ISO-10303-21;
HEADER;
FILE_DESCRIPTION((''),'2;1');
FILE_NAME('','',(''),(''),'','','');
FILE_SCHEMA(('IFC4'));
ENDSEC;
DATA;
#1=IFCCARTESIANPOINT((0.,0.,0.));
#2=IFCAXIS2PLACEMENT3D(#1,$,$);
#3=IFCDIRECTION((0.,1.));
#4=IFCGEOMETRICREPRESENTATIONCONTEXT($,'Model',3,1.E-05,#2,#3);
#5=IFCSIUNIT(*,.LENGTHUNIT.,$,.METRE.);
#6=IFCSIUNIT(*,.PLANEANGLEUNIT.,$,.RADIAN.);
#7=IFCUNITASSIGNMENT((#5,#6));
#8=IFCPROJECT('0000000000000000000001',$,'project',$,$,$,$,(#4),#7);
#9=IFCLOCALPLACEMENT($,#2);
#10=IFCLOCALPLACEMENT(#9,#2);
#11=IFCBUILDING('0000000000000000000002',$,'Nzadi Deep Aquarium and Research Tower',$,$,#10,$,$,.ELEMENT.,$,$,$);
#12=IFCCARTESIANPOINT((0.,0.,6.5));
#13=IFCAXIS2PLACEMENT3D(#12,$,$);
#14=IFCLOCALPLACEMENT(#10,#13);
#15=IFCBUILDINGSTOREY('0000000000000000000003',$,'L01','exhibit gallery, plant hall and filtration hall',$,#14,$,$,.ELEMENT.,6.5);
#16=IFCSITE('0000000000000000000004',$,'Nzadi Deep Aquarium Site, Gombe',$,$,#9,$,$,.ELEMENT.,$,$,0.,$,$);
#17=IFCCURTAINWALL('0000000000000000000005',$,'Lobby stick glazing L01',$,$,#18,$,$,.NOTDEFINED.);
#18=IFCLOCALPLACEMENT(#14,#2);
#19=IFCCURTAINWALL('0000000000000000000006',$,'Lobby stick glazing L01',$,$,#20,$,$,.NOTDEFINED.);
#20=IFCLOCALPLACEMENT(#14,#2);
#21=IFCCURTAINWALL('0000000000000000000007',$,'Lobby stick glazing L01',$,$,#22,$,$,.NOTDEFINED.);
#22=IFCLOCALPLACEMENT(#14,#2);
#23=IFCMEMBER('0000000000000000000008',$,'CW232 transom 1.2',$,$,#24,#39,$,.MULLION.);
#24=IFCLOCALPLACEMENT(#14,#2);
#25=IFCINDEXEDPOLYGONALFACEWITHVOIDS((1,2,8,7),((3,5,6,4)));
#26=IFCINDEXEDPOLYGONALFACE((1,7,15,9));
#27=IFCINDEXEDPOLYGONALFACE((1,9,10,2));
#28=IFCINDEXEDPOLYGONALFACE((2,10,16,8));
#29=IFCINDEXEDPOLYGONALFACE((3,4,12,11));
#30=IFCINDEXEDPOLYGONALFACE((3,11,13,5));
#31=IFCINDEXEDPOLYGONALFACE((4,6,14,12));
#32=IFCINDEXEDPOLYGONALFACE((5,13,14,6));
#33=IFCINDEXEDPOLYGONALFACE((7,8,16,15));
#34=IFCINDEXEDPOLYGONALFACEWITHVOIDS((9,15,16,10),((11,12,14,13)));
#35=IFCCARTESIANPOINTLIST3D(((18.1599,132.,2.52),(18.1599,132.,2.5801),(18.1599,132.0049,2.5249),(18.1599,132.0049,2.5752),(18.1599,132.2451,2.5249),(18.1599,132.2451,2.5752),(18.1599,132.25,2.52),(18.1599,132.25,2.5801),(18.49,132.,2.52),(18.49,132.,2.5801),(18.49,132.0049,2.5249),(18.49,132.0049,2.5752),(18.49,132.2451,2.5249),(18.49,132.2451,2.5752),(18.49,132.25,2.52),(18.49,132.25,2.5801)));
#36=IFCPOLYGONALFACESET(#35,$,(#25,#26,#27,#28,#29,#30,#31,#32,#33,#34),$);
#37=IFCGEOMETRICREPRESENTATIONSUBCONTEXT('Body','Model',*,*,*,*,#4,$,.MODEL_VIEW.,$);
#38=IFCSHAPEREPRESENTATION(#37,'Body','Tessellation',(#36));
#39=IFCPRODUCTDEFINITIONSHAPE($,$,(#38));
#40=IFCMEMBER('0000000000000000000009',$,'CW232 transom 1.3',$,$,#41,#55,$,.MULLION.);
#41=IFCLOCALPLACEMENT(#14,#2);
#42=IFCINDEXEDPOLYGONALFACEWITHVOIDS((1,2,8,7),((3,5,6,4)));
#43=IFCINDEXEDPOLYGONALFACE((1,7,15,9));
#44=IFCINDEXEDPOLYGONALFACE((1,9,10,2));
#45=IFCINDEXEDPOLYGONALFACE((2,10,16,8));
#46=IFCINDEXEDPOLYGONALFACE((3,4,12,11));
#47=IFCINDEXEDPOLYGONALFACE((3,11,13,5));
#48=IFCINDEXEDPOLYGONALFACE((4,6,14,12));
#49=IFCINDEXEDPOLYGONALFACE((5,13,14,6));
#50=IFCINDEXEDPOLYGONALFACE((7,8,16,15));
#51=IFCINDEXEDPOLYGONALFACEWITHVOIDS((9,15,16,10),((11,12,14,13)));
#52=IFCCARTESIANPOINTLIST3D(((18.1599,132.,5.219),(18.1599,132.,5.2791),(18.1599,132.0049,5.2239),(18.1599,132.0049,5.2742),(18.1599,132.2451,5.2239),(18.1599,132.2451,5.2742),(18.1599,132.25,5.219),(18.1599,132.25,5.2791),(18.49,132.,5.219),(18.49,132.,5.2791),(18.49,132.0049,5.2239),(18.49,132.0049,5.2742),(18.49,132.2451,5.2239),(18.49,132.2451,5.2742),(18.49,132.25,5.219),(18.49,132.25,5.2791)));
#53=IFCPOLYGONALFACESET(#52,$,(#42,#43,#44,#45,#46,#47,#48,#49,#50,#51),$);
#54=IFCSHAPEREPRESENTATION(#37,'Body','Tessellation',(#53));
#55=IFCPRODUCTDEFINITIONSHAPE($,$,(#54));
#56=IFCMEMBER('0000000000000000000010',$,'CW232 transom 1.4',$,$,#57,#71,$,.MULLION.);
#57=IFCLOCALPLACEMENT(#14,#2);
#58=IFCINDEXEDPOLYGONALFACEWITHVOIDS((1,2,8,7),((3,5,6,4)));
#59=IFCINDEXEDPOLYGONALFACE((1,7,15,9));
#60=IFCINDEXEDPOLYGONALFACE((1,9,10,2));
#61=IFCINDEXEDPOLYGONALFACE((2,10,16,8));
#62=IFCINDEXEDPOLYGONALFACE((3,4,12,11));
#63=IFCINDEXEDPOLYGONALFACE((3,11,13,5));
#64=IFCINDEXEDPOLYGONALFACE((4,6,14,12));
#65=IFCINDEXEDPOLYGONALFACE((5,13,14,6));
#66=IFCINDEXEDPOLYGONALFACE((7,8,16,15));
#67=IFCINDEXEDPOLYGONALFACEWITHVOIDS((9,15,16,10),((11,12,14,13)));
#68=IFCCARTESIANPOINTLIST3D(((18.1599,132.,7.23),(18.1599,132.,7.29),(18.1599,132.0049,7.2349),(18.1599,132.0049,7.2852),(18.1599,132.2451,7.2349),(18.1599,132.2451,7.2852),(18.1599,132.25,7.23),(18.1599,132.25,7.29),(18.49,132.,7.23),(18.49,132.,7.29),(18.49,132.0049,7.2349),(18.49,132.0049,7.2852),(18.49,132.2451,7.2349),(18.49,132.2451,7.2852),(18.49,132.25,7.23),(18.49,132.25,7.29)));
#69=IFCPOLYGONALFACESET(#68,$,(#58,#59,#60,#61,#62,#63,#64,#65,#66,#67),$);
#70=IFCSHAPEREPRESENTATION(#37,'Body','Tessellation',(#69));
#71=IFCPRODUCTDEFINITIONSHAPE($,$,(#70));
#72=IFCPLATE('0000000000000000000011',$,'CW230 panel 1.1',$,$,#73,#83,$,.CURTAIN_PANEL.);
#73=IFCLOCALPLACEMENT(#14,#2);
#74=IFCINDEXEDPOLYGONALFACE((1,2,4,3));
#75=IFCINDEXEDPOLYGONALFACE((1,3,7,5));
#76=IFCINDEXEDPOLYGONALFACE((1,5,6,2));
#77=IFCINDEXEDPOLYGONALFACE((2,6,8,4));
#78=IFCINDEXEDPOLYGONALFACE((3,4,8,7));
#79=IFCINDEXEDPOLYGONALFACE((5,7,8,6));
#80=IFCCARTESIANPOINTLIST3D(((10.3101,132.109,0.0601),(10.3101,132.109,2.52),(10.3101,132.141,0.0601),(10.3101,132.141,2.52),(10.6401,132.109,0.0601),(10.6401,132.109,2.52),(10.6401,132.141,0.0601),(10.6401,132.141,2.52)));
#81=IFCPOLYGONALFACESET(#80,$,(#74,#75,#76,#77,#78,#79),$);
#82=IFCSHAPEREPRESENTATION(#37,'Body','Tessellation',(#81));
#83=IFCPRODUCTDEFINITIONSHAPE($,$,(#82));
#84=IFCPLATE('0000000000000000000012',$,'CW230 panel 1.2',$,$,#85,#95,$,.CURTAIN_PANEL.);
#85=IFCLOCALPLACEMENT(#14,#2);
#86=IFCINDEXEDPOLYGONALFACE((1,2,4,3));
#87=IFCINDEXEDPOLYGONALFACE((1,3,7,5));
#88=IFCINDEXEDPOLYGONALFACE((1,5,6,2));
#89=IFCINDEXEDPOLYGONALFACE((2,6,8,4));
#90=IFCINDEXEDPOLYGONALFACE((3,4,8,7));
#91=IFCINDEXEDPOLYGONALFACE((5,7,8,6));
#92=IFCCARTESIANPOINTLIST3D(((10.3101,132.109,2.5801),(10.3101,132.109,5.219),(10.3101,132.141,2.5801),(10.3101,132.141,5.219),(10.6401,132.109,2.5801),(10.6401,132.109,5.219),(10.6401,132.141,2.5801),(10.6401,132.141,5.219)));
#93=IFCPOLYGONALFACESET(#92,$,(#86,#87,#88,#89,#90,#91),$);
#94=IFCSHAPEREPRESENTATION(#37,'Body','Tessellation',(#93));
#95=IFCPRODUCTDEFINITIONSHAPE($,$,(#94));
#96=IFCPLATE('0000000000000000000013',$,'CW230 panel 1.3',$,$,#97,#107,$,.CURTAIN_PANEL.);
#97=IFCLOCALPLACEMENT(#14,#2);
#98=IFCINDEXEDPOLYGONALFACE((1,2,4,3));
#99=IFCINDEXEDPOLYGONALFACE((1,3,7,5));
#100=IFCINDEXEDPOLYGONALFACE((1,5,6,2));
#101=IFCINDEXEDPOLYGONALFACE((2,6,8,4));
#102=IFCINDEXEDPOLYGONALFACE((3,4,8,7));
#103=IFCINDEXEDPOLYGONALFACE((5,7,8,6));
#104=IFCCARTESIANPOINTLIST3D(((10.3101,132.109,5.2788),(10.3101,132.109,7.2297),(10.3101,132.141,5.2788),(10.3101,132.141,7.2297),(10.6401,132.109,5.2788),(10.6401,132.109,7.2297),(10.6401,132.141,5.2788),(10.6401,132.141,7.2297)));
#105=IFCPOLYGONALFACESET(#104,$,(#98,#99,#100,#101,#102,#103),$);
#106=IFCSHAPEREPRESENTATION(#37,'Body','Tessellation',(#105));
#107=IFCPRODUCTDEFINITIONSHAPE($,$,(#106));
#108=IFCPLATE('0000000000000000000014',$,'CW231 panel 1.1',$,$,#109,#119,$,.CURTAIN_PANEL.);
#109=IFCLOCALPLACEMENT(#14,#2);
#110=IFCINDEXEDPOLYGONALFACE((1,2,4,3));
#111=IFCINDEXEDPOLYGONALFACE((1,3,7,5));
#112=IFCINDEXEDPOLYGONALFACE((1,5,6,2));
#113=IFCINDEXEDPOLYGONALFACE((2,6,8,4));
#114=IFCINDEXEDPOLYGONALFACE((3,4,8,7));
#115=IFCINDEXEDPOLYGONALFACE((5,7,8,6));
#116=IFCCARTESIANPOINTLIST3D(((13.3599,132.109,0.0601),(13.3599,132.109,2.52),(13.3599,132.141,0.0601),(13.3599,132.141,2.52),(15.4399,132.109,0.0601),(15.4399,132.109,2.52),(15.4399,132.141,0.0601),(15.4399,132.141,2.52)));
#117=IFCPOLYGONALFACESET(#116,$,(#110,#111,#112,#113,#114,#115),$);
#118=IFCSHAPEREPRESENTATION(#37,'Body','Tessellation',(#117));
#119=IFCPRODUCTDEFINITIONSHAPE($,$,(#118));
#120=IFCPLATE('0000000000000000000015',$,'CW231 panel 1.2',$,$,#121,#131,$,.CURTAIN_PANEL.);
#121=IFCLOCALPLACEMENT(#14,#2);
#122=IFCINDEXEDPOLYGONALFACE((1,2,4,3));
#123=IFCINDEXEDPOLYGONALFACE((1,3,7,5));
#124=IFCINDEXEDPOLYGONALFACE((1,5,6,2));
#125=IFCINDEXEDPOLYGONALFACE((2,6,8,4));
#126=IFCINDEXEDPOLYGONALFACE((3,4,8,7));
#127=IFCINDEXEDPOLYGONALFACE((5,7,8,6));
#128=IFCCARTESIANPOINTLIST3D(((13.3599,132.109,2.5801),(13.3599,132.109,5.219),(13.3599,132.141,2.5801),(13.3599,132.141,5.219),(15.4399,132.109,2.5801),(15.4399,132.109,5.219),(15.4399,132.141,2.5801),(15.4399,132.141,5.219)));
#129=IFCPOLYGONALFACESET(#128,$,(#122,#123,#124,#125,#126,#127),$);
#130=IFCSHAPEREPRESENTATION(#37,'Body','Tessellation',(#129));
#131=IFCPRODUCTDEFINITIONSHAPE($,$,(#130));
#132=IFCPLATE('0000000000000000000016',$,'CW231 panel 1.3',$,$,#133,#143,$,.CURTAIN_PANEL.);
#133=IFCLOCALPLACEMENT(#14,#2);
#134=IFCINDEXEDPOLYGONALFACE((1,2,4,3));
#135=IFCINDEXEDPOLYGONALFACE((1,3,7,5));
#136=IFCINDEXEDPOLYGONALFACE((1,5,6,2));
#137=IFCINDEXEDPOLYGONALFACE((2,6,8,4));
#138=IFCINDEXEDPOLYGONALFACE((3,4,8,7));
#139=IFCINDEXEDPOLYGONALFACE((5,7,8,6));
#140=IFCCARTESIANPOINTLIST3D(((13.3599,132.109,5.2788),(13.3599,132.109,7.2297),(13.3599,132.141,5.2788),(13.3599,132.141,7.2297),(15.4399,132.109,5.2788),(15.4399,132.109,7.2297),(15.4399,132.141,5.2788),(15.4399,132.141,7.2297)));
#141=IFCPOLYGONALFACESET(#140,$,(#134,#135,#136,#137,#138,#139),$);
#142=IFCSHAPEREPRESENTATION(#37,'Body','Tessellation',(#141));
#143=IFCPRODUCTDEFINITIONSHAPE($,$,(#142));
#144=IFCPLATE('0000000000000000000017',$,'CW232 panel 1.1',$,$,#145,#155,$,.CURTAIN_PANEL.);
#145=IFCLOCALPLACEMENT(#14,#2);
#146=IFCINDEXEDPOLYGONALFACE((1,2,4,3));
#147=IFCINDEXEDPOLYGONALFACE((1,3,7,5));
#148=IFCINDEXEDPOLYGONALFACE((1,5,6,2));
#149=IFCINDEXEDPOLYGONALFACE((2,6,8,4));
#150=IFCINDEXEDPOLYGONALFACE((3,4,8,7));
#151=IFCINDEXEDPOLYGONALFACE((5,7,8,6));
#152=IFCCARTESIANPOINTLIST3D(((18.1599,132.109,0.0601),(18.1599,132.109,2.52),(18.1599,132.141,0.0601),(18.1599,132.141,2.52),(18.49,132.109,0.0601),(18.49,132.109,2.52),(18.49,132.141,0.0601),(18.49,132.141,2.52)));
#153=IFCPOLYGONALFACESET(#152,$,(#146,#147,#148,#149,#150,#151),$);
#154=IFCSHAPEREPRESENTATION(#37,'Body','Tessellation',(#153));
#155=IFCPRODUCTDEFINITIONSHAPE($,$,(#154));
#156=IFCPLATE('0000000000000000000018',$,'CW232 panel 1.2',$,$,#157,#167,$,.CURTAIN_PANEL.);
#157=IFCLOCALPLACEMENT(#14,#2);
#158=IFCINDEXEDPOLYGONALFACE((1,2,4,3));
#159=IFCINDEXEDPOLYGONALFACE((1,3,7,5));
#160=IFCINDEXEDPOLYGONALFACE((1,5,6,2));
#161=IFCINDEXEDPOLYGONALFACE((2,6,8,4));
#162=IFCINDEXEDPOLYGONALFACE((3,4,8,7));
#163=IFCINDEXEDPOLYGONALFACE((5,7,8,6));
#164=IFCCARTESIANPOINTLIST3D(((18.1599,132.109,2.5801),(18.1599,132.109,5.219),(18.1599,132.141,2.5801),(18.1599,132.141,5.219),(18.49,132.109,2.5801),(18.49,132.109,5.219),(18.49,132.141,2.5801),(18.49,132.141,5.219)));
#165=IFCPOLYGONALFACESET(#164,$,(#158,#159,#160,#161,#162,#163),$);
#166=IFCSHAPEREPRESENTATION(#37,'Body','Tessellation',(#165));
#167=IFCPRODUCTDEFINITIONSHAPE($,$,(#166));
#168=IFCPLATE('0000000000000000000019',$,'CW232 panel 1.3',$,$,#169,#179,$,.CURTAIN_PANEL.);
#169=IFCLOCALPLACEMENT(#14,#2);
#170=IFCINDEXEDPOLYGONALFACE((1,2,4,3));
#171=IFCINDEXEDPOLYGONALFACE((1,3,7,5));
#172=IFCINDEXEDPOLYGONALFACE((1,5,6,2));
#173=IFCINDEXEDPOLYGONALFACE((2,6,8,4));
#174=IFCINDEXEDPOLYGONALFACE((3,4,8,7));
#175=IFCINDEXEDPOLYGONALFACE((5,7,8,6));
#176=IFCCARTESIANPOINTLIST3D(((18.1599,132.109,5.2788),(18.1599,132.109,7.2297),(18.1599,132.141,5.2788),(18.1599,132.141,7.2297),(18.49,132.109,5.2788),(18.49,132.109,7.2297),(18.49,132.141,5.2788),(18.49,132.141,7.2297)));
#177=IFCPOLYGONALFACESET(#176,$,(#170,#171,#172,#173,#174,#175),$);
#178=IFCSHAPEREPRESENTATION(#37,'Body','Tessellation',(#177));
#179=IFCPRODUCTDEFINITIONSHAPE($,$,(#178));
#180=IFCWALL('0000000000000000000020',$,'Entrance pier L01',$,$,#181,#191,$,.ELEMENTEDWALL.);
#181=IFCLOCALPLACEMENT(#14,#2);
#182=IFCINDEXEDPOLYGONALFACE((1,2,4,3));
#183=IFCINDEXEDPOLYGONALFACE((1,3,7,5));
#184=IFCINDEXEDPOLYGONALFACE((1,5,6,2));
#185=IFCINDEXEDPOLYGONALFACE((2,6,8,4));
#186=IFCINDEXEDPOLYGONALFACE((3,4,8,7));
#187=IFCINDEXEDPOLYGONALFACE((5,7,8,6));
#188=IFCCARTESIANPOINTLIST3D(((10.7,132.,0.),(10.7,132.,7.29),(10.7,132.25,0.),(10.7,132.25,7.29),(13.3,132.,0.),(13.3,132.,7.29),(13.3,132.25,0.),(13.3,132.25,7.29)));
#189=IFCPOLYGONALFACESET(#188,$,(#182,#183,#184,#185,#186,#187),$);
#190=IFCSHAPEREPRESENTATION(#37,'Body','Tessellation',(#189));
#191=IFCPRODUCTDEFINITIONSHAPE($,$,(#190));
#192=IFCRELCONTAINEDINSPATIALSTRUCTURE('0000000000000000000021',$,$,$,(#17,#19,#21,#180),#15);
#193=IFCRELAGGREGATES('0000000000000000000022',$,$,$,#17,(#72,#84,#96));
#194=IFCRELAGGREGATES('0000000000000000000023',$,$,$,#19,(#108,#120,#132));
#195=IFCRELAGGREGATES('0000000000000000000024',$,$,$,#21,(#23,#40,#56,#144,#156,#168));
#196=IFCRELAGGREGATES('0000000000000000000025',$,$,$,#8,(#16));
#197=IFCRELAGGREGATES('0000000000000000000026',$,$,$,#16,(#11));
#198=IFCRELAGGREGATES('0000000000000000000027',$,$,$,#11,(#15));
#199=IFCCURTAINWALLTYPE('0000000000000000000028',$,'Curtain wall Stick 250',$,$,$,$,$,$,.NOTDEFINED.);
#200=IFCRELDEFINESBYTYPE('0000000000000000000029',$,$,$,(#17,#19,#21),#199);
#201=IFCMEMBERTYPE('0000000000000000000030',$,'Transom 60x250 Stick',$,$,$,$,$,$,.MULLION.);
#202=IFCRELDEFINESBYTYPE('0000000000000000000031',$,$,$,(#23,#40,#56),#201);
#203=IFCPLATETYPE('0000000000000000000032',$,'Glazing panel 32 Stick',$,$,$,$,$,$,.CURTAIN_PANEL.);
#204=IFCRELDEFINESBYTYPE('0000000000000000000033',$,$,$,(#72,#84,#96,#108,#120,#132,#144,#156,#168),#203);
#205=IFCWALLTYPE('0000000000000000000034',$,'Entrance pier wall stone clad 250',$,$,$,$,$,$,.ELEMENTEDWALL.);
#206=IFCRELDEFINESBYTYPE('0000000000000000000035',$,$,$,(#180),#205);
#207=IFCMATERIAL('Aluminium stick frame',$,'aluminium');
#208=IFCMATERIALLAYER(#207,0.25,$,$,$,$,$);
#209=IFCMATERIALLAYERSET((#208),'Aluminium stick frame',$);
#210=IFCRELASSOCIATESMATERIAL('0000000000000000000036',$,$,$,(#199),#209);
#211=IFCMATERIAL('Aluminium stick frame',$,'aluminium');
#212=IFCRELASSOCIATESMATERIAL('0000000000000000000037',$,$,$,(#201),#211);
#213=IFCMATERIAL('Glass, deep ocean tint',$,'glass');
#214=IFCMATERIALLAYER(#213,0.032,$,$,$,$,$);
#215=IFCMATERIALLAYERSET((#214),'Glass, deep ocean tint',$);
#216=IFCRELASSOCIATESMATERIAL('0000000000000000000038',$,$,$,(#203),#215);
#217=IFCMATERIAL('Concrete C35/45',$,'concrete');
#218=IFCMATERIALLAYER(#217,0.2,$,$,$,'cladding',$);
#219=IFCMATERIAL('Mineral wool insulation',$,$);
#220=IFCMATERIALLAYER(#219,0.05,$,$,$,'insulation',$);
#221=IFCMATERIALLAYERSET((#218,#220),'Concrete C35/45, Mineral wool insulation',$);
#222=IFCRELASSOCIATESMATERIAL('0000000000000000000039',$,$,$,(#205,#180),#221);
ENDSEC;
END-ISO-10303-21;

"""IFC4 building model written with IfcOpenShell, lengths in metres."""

from ifc_helpers import new_model, si_unit, direction, frame, frame_2d, origin, origin_2d, place, context, subcontext, project, spatial, rectangle, hollow_rectangle, extrude, material, layer, layer_set, layer_usage, material_profile, profile_set, type_object, element, aggregate, save


model = new_model("IFC4")

# Units and contexts
model_context = context("Model", 3, precision=1e-05, world=origin(), true_north=direction((0.0, 1.0)))
body_context = subcontext(model_context, "Body", "Model", "MODEL_VIEW")
ifc_project = project(units=[si_unit("LENGTHUNIT", "METRE"), si_unit("PLANEANGLEUNIT", "RADIAN")], contexts=[model_context])

# Site, building, storey
site_placement = place(None, origin())
site = spatial("IfcSite", under=ifc_project, at=site_placement, Name="Nzadi Deep Aquarium Site, Gombe", CompositionType="ELEMENT", RefElevation=0.0)
building_placement = place(site_placement, origin())
building = spatial("IfcBuilding", under=site, at=building_placement, Name="Nzadi Deep Aquarium and Research Tower", CompositionType="ELEMENT")
storey_placement = place(building_placement, frame((0.0, 0.0, 6.5)))
storey = spatial("IfcBuildingStorey", under=building, at=storey_placement, Name="L01", Description="exhibit gallery, plant hall and filtration hall", CompositionType="ELEMENT", Elevation=6.5)

# Curtain wall
ifc_material_1 = material(Name="Aluminium stick frame", Category="aluminium")
ifc_layer_1 = layer(ifc_material_1, 0.25)
ifc_layer_set_1 = layer_set([ifc_layer_1], Name="Aluminium stick frame")
curtain_wall_type = type_object("IfcCurtainWallType", Name="Curtain wall Stick 250", PredefinedType="NOTDEFINED", material=ifc_layer_set_1)
curtain_wall_1_placement = place(storey_placement, origin())
curtain_wall_1 = element("IfcCurtainWall", 1, at=curtain_wall_1_placement, inside=storey, type_object=curtain_wall_type, Name="Lobby stick glazing L01", PredefinedType="NOTDEFINED")

# Curtain walls
curtain_wall_2_placement = place(storey_placement, origin())
curtain_wall_2 = element("IfcCurtainWall", 2, at=curtain_wall_2_placement, inside=storey, type_object=curtain_wall_type, Name="Lobby stick glazing L01", PredefinedType="NOTDEFINED")
curtain_wall_3_placement = place(storey_placement, origin())
curtain_wall_3 = element("IfcCurtainWall", 3, at=curtain_wall_3_placement, inside=storey, type_object=curtain_wall_type, Name="Lobby stick glazing L01", PredefinedType="NOTDEFINED")

# Members
ifc_material_2 = material(Name="Aluminium stick frame", Category="aluminium")
ifc_material_profile_1 = material_profile(ifc_material_2, hollow_rectangle(XDim=0.25, YDim=0.0601, WallThickness=0.0049, at=origin_2d()))
ifc_profile_set_1 = profile_set([ifc_material_profile_1], Name="Aluminium stick frame")
member_type_1 = type_object("IfcMemberType", Name="Transom 60x250 Stick", PredefinedType="MULLION", material=ifc_profile_set_1)
member_1_placement = place(storey_placement, frame((18.1599, 132.125, 2.55), z_axis=(1.0, 0.0, 0.0), x_axis=(0.0, 1.0, 0.0)))
member_1 = element("IfcMember", 4, at=member_1_placement, type_object=member_type_1, Name="CW232 transom 1.2", PredefinedType="MULLION", context=body_context, shape_type="SweptSolid", body=[
    extrude(hollow_rectangle(XDim=0.25, YDim=0.0601, WallThickness=0.0049, at=origin_2d()), origin(), (0.0, 0.0, 1.0), 0.3301),
])
member_2_placement = place(storey_placement, frame((18.1599, 132.125, 5.249), z_axis=(1.0, 0.0, 0.0), x_axis=(0.0, 1.0, 0.0)))
member_2 = element("IfcMember", 5, at=member_2_placement, type_object=member_type_1, Name="CW232 transom 1.3", PredefinedType="MULLION", context=body_context, shape_type="SweptSolid", body=[
    extrude(hollow_rectangle(XDim=0.25, YDim=0.0601, WallThickness=0.0049, at=origin_2d()), origin(), (0.0, 0.0, 1.0), 0.3301),
])
member_3_placement = place(storey_placement, frame((18.1599, 132.125, 7.26), z_axis=(1.0, 0.0, 0.0), x_axis=(0.0, 1.0, 0.0)))
member_3 = element("IfcMember", 6, at=member_3_placement, type_object=member_type_1, Name="CW232 transom 1.4", PredefinedType="MULLION", context=body_context, shape_type="SweptSolid", body=[
    extrude(hollow_rectangle(XDim=0.25, YDim=0.0601, WallThickness=0.0049, at=origin_2d()), origin(), (0.0, 0.0, 1.0), 0.3301),
])

# Plates
ifc_material_3 = material(Name="Glass, deep ocean tint", Category="glass")
ifc_layer_2 = layer(ifc_material_3, 0.032)
ifc_layer_set_2 = layer_set([ifc_layer_2], Name="Glass, deep ocean tint")
plate_type = type_object("IfcPlateType", Name="Glazing panel 32 Stick", PredefinedType="CURTAIN_PANEL", material=ifc_layer_set_2)
plate_1_placement = place(storey_placement, frame((10.4751, 132.125, 0.0601), z_axis=(0.0, 0.0, 1.0), x_axis=(1.0, 0.0, 0.0)))
plate_1 = element("IfcPlate", 7, at=plate_1_placement, type_object=plate_type, Name="CW230 panel 1.1", PredefinedType="CURTAIN_PANEL", context=body_context, shape_type="SweptSolid", body=[
    extrude(rectangle(XDim=0.3301, YDim=0.032, at=origin_2d()), origin(), (0.0, 0.0, 1.0), 2.46),
])
plate_2_placement = place(storey_placement, frame((10.4751, 132.125, 2.5801), z_axis=(0.0, 0.0, 1.0), x_axis=(1.0, 0.0, 0.0)))
plate_2 = element("IfcPlate", 8, at=plate_2_placement, type_object=plate_type, Name="CW230 panel 1.2", PredefinedType="CURTAIN_PANEL", context=body_context, shape_type="SweptSolid", body=[
    extrude(rectangle(XDim=0.3301, YDim=0.032, at=origin_2d()), origin(), (0.0, 0.0, 1.0), 2.6389),
])
plate_3_placement = place(storey_placement, frame((10.4751, 132.125, 5.2788), z_axis=(0.0, 0.0, 1.0), x_axis=(1.0, 0.0, 0.0)))
plate_3 = element("IfcPlate", 9, at=plate_3_placement, type_object=plate_type, Name="CW230 panel 1.3", PredefinedType="CURTAIN_PANEL", context=body_context, shape_type="SweptSolid", body=[
    extrude(rectangle(XDim=0.3301, YDim=0.032, at=origin_2d()), origin(), (0.0, 0.0, 1.0), 1.9509),
])
aggregate(curtain_wall_1, [plate_1, plate_2, plate_3])
plate_4_placement = place(storey_placement, frame((14.3999, 132.125, 0.0601), z_axis=(0.0, 0.0, 1.0), x_axis=(1.0, 0.0, 0.0)))
plate_4 = element("IfcPlate", 10, at=plate_4_placement, type_object=plate_type, Name="CW231 panel 1.1", PredefinedType="CURTAIN_PANEL", context=body_context, shape_type="SweptSolid", body=[
    extrude(rectangle(XDim=2.0801, YDim=0.032, at=origin_2d()), origin(), (0.0, 0.0, 1.0), 2.46),
])
plate_5_placement = place(storey_placement, frame((14.3999, 132.125, 2.5801), z_axis=(0.0, 0.0, 1.0), x_axis=(1.0, 0.0, 0.0)))
plate_5 = element("IfcPlate", 11, at=plate_5_placement, type_object=plate_type, Name="CW231 panel 1.2", PredefinedType="CURTAIN_PANEL", context=body_context, shape_type="SweptSolid", body=[
    extrude(rectangle(XDim=2.0801, YDim=0.032, at=origin_2d()), origin(), (0.0, 0.0, 1.0), 2.6389),
])
plate_6_placement = place(storey_placement, frame((14.3999, 132.125, 5.2788), z_axis=(0.0, 0.0, 1.0), x_axis=(1.0, 0.0, 0.0)))
plate_6 = element("IfcPlate", 12, at=plate_6_placement, type_object=plate_type, Name="CW231 panel 1.3", PredefinedType="CURTAIN_PANEL", context=body_context, shape_type="SweptSolid", body=[
    extrude(rectangle(XDim=2.0801, YDim=0.032, at=origin_2d()), origin(), (0.0, 0.0, 1.0), 1.9509),
])
aggregate(curtain_wall_2, [plate_4, plate_5, plate_6])
plate_7_placement = place(storey_placement, frame((18.325, 132.125, 0.0601), z_axis=(0.0, 0.0, 1.0), x_axis=(1.0, 0.0, 0.0)))
plate_7 = element("IfcPlate", 13, at=plate_7_placement, type_object=plate_type, Name="CW232 panel 1.1", PredefinedType="CURTAIN_PANEL", context=body_context, shape_type="SweptSolid", body=[
    extrude(rectangle(XDim=0.3301, YDim=0.032, at=origin_2d()), origin(), (0.0, 0.0, 1.0), 2.46),
])
plate_8_placement = place(storey_placement, frame((18.325, 132.125, 2.5801), z_axis=(0.0, 0.0, 1.0), x_axis=(1.0, 0.0, 0.0)))
plate_8 = element("IfcPlate", 14, at=plate_8_placement, type_object=plate_type, Name="CW232 panel 1.2", PredefinedType="CURTAIN_PANEL", context=body_context, shape_type="SweptSolid", body=[
    extrude(rectangle(XDim=0.3301, YDim=0.032, at=origin_2d()), origin(), (0.0, 0.0, 1.0), 2.6389),
])
plate_9_placement = place(storey_placement, frame((18.325, 132.125, 5.2788), z_axis=(0.0, 0.0, 1.0), x_axis=(1.0, 0.0, 0.0)))
plate_9 = element("IfcPlate", 15, at=plate_9_placement, type_object=plate_type, Name="CW232 panel 1.3", PredefinedType="CURTAIN_PANEL", context=body_context, shape_type="SweptSolid", body=[
    extrude(rectangle(XDim=0.3301, YDim=0.032, at=origin_2d()), origin(), (0.0, 0.0, 1.0), 1.9509),
])
aggregate(curtain_wall_3, [member_1, member_2, member_3, plate_7, plate_8, plate_9])

# Wall
ifc_material_4 = material(Name="Concrete C35/45", Category="concrete")
ifc_layer_3 = layer(ifc_material_4, 0.2, Category="cladding")
ifc_material_5 = material(Name="Mineral wool insulation")
ifc_layer_4 = layer(ifc_material_5, 0.05, Category="insulation")
ifc_layer_set_3 = layer_set([ifc_layer_3, ifc_layer_4], Name="Concrete C35/45, Mineral wool insulation")
ifc_layer_usage_1 = layer_usage(ifc_layer_set_3, "AXIS2", "POSITIVE", -0.125)
wall_type = type_object("IfcWallType", Name="Entrance pier wall stone clad 250", PredefinedType="ELEMENTEDWALL", material=ifc_layer_set_3)
wall_1_placement = place(storey_placement, frame((13.3, 132.125, 0.0), z_axis=(0.0, 0.0, 1.0), x_axis=(-1.0, 0.0, 0.0)))
element("IfcWall", 16, at=wall_1_placement, inside=storey, type_object=wall_type, material=ifc_layer_usage_1, Name="Entrance pier L01", PredefinedType="ELEMENTEDWALL", context=body_context, shape_type="SweptSolid", body=[
    extrude(rectangle(XDim=2.6001, YDim=0.25, at=frame_2d((1.3, 0.0))), origin(), (0.0, 0.0, 1.0), 7.29),
])

save(model, "model.ifc")
